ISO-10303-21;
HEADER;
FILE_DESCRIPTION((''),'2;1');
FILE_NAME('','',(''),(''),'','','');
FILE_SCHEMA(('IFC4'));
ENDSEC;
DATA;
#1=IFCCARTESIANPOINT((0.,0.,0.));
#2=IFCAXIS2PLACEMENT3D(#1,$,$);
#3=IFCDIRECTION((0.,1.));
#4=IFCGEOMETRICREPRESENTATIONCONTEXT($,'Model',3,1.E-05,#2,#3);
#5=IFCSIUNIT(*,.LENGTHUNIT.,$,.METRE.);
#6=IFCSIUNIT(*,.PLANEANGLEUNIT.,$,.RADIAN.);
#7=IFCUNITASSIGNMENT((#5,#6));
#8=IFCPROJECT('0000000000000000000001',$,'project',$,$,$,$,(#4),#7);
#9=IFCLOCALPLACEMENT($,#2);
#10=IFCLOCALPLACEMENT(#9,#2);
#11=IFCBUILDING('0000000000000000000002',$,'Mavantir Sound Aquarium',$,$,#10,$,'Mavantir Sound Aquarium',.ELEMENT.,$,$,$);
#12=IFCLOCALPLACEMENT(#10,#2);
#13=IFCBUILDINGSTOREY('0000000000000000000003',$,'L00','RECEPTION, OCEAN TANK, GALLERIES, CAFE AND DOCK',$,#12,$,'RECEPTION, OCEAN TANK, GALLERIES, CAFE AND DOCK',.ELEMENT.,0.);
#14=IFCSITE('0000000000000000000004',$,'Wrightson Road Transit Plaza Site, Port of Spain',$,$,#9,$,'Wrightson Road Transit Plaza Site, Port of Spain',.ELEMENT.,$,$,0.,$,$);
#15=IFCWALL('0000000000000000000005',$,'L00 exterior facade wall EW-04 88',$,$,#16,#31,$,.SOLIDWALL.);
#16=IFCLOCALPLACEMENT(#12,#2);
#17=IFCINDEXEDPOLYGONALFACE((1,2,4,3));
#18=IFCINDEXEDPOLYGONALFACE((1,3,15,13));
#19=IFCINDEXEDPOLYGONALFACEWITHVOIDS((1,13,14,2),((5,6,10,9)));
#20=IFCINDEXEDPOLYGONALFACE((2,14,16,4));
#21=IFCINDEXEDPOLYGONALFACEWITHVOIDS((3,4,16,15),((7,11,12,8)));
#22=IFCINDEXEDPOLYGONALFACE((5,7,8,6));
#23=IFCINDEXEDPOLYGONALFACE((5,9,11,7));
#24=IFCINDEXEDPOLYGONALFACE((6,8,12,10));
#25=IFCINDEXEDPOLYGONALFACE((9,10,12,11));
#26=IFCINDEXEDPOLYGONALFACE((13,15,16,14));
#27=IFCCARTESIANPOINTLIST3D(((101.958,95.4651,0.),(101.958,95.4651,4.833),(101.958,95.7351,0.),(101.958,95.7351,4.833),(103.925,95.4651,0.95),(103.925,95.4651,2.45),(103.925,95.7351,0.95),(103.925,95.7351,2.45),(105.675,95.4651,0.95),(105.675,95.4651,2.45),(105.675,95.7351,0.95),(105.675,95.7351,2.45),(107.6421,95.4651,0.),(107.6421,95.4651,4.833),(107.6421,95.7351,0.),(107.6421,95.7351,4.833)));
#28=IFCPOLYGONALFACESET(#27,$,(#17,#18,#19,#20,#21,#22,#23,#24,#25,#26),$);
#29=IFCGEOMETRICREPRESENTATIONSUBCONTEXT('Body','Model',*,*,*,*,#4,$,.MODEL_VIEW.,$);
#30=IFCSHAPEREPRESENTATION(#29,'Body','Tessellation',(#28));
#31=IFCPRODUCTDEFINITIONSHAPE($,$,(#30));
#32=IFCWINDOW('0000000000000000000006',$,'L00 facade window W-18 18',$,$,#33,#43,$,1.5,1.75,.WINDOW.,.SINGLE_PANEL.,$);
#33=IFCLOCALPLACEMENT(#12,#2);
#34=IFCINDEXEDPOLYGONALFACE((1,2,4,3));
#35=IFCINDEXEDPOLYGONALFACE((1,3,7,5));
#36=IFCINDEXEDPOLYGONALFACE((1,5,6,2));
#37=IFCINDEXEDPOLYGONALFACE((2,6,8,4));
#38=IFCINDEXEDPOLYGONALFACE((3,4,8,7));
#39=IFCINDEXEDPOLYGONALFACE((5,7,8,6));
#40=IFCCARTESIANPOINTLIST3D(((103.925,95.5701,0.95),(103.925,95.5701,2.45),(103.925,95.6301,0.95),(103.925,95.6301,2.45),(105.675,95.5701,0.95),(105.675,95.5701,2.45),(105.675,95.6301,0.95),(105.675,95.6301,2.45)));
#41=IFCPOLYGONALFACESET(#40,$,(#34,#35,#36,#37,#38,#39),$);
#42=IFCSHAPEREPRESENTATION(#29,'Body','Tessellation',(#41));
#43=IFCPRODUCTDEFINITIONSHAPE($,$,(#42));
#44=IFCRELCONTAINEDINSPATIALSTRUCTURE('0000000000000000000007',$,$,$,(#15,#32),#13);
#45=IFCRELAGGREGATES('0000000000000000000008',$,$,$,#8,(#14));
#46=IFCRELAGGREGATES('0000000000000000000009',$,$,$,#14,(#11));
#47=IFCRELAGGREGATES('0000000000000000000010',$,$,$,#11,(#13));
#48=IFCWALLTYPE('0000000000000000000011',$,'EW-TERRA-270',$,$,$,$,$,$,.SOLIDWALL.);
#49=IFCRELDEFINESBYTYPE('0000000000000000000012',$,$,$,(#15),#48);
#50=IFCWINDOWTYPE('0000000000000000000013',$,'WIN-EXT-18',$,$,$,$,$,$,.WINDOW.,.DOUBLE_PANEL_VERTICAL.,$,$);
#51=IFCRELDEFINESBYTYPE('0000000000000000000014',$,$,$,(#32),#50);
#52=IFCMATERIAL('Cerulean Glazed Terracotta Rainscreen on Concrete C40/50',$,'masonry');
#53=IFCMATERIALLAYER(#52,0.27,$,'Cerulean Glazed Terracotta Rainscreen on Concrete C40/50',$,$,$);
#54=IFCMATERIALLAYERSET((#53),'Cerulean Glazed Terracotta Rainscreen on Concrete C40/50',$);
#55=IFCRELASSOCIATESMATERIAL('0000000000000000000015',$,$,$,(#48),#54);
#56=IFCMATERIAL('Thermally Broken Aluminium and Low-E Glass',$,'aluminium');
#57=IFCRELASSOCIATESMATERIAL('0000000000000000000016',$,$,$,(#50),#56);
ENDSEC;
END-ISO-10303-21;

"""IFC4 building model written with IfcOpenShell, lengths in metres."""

from ifc_helpers import new_model, si_unit, direction, frame, frame_2d, origin, place, context, subcontext, project, spatial, rectangle, extrude, material, layer, layer_set, type_object, element, fill, save


model = new_model("IFC4")

# Units and contexts
model_context = context("Model", 3, precision=1e-05, world=origin(), true_north=direction((0.0, 1.0)))
body_context = subcontext(model_context, "Body", "Model", "MODEL_VIEW")
ifc_project = project(units=[si_unit("LENGTHUNIT", "METRE"), si_unit("PLANEANGLEUNIT", "RADIAN")], contexts=[model_context])

# Site, building, storey
site_placement = place(None, origin())
site = spatial("IfcSite", under=ifc_project, at=site_placement, Name="Wrightson Road Transit Plaza Site, Port of Spain", LongName="Wrightson Road Transit Plaza Site, Port of Spain", CompositionType="ELEMENT", RefElevation=0.0)
building_placement = place(site_placement, origin())
building = spatial("IfcBuilding", under=site, at=building_placement, Name="Mavantir Sound Aquarium", LongName="Mavantir Sound Aquarium", CompositionType="ELEMENT")
storey_placement = place(building_placement, origin())
storey = spatial("IfcBuildingStorey", under=building, at=storey_placement, Name="L00", Description="RECEPTION, OCEAN TANK, GALLERIES, CAFE AND DOCK", LongName="RECEPTION, OCEAN TANK, GALLERIES, CAFE AND DOCK", CompositionType="ELEMENT", Elevation=0.0)

# Wall, opening, window
ifc_material_1 = material(Name="Cerulean Glazed Terracotta Rainscreen on Concrete C40/50", Category="masonry")
ifc_layer_1 = layer(ifc_material_1, 0.27, Name="Cerulean Glazed Terracotta Rainscreen on Concrete C40/50")
ifc_layer_set_1 = layer_set([ifc_layer_1], Name="Cerulean Glazed Terracotta Rainscreen on Concrete C40/50")
wall_type = type_object("IfcWallType", Name="EW-TERRA-270", PredefinedType="SOLIDWALL", material=ifc_layer_set_1)
wall_placement = place(storey_placement, frame((107.6421, 95.6001, 0.0), z_axis=(0.0, 0.0, 1.0), x_axis=(-1.0, 0.0, 0.0)))
wall = element("IfcWall", 1, at=wall_placement, inside=storey, type_object=wall_type, Name="L00 exterior facade wall EW-04 88", PredefinedType="SOLIDWALL", context=body_context, shape_type="SweptSolid", body=[
    extrude(rectangle(XDim=5.6841, YDim=0.27, at=frame_2d((2.842, 0.0))), origin(), (0.0, 0.0, 1.0), 4.833),
])
opening_placement = place(wall_placement, frame((1.967, 0.0, 0.95)))
opening = element("IfcOpeningElement", 2, at=opening_placement, cuts=wall, PredefinedType="OPENING", context=body_context, shape_type="SweptSolid", body=[
    extrude(rectangle(XDim=1.75, YDim=1.5, at=frame_2d((0.875, 0.75))), frame((0.0, 0.145, 0.0), z_axis=(0.0, -1.0, 0.0), x_axis=(1.0, 0.0, 0.0)), (0.0, 0.0, 1.0), 0.29),
])
ifc_material_2 = material(Name="Thermally Broken Aluminium and Low-E Glass", Category="aluminium")
window_type = type_object("IfcWindowType", Name="WIN-EXT-18", PartitioningType="DOUBLE_PANEL_VERTICAL", PredefinedType="WINDOW", material=ifc_material_2)
window_placement = place(opening_placement, origin())
window = element("IfcWindow", 3, at=window_placement, inside=storey, type_object=window_type, Name="L00 facade window W-18 18", OverallHeight=1.5, OverallWidth=1.75, PartitioningType="SINGLE_PANEL", PredefinedType="WINDOW", context=body_context, shape_type="SweptSolid", body=[
    extrude(rectangle(XDim=1.75, YDim=1.5, at=frame_2d((0.875, 0.75))), frame((0.0, 0.03, 0.0), z_axis=(0.0, -1.0, 0.0), x_axis=(1.0, 0.0, 0.0)), (0.0, 0.0, 1.0), 0.0601),
])
fill(opening, window)

save(model, "model.ifc")
